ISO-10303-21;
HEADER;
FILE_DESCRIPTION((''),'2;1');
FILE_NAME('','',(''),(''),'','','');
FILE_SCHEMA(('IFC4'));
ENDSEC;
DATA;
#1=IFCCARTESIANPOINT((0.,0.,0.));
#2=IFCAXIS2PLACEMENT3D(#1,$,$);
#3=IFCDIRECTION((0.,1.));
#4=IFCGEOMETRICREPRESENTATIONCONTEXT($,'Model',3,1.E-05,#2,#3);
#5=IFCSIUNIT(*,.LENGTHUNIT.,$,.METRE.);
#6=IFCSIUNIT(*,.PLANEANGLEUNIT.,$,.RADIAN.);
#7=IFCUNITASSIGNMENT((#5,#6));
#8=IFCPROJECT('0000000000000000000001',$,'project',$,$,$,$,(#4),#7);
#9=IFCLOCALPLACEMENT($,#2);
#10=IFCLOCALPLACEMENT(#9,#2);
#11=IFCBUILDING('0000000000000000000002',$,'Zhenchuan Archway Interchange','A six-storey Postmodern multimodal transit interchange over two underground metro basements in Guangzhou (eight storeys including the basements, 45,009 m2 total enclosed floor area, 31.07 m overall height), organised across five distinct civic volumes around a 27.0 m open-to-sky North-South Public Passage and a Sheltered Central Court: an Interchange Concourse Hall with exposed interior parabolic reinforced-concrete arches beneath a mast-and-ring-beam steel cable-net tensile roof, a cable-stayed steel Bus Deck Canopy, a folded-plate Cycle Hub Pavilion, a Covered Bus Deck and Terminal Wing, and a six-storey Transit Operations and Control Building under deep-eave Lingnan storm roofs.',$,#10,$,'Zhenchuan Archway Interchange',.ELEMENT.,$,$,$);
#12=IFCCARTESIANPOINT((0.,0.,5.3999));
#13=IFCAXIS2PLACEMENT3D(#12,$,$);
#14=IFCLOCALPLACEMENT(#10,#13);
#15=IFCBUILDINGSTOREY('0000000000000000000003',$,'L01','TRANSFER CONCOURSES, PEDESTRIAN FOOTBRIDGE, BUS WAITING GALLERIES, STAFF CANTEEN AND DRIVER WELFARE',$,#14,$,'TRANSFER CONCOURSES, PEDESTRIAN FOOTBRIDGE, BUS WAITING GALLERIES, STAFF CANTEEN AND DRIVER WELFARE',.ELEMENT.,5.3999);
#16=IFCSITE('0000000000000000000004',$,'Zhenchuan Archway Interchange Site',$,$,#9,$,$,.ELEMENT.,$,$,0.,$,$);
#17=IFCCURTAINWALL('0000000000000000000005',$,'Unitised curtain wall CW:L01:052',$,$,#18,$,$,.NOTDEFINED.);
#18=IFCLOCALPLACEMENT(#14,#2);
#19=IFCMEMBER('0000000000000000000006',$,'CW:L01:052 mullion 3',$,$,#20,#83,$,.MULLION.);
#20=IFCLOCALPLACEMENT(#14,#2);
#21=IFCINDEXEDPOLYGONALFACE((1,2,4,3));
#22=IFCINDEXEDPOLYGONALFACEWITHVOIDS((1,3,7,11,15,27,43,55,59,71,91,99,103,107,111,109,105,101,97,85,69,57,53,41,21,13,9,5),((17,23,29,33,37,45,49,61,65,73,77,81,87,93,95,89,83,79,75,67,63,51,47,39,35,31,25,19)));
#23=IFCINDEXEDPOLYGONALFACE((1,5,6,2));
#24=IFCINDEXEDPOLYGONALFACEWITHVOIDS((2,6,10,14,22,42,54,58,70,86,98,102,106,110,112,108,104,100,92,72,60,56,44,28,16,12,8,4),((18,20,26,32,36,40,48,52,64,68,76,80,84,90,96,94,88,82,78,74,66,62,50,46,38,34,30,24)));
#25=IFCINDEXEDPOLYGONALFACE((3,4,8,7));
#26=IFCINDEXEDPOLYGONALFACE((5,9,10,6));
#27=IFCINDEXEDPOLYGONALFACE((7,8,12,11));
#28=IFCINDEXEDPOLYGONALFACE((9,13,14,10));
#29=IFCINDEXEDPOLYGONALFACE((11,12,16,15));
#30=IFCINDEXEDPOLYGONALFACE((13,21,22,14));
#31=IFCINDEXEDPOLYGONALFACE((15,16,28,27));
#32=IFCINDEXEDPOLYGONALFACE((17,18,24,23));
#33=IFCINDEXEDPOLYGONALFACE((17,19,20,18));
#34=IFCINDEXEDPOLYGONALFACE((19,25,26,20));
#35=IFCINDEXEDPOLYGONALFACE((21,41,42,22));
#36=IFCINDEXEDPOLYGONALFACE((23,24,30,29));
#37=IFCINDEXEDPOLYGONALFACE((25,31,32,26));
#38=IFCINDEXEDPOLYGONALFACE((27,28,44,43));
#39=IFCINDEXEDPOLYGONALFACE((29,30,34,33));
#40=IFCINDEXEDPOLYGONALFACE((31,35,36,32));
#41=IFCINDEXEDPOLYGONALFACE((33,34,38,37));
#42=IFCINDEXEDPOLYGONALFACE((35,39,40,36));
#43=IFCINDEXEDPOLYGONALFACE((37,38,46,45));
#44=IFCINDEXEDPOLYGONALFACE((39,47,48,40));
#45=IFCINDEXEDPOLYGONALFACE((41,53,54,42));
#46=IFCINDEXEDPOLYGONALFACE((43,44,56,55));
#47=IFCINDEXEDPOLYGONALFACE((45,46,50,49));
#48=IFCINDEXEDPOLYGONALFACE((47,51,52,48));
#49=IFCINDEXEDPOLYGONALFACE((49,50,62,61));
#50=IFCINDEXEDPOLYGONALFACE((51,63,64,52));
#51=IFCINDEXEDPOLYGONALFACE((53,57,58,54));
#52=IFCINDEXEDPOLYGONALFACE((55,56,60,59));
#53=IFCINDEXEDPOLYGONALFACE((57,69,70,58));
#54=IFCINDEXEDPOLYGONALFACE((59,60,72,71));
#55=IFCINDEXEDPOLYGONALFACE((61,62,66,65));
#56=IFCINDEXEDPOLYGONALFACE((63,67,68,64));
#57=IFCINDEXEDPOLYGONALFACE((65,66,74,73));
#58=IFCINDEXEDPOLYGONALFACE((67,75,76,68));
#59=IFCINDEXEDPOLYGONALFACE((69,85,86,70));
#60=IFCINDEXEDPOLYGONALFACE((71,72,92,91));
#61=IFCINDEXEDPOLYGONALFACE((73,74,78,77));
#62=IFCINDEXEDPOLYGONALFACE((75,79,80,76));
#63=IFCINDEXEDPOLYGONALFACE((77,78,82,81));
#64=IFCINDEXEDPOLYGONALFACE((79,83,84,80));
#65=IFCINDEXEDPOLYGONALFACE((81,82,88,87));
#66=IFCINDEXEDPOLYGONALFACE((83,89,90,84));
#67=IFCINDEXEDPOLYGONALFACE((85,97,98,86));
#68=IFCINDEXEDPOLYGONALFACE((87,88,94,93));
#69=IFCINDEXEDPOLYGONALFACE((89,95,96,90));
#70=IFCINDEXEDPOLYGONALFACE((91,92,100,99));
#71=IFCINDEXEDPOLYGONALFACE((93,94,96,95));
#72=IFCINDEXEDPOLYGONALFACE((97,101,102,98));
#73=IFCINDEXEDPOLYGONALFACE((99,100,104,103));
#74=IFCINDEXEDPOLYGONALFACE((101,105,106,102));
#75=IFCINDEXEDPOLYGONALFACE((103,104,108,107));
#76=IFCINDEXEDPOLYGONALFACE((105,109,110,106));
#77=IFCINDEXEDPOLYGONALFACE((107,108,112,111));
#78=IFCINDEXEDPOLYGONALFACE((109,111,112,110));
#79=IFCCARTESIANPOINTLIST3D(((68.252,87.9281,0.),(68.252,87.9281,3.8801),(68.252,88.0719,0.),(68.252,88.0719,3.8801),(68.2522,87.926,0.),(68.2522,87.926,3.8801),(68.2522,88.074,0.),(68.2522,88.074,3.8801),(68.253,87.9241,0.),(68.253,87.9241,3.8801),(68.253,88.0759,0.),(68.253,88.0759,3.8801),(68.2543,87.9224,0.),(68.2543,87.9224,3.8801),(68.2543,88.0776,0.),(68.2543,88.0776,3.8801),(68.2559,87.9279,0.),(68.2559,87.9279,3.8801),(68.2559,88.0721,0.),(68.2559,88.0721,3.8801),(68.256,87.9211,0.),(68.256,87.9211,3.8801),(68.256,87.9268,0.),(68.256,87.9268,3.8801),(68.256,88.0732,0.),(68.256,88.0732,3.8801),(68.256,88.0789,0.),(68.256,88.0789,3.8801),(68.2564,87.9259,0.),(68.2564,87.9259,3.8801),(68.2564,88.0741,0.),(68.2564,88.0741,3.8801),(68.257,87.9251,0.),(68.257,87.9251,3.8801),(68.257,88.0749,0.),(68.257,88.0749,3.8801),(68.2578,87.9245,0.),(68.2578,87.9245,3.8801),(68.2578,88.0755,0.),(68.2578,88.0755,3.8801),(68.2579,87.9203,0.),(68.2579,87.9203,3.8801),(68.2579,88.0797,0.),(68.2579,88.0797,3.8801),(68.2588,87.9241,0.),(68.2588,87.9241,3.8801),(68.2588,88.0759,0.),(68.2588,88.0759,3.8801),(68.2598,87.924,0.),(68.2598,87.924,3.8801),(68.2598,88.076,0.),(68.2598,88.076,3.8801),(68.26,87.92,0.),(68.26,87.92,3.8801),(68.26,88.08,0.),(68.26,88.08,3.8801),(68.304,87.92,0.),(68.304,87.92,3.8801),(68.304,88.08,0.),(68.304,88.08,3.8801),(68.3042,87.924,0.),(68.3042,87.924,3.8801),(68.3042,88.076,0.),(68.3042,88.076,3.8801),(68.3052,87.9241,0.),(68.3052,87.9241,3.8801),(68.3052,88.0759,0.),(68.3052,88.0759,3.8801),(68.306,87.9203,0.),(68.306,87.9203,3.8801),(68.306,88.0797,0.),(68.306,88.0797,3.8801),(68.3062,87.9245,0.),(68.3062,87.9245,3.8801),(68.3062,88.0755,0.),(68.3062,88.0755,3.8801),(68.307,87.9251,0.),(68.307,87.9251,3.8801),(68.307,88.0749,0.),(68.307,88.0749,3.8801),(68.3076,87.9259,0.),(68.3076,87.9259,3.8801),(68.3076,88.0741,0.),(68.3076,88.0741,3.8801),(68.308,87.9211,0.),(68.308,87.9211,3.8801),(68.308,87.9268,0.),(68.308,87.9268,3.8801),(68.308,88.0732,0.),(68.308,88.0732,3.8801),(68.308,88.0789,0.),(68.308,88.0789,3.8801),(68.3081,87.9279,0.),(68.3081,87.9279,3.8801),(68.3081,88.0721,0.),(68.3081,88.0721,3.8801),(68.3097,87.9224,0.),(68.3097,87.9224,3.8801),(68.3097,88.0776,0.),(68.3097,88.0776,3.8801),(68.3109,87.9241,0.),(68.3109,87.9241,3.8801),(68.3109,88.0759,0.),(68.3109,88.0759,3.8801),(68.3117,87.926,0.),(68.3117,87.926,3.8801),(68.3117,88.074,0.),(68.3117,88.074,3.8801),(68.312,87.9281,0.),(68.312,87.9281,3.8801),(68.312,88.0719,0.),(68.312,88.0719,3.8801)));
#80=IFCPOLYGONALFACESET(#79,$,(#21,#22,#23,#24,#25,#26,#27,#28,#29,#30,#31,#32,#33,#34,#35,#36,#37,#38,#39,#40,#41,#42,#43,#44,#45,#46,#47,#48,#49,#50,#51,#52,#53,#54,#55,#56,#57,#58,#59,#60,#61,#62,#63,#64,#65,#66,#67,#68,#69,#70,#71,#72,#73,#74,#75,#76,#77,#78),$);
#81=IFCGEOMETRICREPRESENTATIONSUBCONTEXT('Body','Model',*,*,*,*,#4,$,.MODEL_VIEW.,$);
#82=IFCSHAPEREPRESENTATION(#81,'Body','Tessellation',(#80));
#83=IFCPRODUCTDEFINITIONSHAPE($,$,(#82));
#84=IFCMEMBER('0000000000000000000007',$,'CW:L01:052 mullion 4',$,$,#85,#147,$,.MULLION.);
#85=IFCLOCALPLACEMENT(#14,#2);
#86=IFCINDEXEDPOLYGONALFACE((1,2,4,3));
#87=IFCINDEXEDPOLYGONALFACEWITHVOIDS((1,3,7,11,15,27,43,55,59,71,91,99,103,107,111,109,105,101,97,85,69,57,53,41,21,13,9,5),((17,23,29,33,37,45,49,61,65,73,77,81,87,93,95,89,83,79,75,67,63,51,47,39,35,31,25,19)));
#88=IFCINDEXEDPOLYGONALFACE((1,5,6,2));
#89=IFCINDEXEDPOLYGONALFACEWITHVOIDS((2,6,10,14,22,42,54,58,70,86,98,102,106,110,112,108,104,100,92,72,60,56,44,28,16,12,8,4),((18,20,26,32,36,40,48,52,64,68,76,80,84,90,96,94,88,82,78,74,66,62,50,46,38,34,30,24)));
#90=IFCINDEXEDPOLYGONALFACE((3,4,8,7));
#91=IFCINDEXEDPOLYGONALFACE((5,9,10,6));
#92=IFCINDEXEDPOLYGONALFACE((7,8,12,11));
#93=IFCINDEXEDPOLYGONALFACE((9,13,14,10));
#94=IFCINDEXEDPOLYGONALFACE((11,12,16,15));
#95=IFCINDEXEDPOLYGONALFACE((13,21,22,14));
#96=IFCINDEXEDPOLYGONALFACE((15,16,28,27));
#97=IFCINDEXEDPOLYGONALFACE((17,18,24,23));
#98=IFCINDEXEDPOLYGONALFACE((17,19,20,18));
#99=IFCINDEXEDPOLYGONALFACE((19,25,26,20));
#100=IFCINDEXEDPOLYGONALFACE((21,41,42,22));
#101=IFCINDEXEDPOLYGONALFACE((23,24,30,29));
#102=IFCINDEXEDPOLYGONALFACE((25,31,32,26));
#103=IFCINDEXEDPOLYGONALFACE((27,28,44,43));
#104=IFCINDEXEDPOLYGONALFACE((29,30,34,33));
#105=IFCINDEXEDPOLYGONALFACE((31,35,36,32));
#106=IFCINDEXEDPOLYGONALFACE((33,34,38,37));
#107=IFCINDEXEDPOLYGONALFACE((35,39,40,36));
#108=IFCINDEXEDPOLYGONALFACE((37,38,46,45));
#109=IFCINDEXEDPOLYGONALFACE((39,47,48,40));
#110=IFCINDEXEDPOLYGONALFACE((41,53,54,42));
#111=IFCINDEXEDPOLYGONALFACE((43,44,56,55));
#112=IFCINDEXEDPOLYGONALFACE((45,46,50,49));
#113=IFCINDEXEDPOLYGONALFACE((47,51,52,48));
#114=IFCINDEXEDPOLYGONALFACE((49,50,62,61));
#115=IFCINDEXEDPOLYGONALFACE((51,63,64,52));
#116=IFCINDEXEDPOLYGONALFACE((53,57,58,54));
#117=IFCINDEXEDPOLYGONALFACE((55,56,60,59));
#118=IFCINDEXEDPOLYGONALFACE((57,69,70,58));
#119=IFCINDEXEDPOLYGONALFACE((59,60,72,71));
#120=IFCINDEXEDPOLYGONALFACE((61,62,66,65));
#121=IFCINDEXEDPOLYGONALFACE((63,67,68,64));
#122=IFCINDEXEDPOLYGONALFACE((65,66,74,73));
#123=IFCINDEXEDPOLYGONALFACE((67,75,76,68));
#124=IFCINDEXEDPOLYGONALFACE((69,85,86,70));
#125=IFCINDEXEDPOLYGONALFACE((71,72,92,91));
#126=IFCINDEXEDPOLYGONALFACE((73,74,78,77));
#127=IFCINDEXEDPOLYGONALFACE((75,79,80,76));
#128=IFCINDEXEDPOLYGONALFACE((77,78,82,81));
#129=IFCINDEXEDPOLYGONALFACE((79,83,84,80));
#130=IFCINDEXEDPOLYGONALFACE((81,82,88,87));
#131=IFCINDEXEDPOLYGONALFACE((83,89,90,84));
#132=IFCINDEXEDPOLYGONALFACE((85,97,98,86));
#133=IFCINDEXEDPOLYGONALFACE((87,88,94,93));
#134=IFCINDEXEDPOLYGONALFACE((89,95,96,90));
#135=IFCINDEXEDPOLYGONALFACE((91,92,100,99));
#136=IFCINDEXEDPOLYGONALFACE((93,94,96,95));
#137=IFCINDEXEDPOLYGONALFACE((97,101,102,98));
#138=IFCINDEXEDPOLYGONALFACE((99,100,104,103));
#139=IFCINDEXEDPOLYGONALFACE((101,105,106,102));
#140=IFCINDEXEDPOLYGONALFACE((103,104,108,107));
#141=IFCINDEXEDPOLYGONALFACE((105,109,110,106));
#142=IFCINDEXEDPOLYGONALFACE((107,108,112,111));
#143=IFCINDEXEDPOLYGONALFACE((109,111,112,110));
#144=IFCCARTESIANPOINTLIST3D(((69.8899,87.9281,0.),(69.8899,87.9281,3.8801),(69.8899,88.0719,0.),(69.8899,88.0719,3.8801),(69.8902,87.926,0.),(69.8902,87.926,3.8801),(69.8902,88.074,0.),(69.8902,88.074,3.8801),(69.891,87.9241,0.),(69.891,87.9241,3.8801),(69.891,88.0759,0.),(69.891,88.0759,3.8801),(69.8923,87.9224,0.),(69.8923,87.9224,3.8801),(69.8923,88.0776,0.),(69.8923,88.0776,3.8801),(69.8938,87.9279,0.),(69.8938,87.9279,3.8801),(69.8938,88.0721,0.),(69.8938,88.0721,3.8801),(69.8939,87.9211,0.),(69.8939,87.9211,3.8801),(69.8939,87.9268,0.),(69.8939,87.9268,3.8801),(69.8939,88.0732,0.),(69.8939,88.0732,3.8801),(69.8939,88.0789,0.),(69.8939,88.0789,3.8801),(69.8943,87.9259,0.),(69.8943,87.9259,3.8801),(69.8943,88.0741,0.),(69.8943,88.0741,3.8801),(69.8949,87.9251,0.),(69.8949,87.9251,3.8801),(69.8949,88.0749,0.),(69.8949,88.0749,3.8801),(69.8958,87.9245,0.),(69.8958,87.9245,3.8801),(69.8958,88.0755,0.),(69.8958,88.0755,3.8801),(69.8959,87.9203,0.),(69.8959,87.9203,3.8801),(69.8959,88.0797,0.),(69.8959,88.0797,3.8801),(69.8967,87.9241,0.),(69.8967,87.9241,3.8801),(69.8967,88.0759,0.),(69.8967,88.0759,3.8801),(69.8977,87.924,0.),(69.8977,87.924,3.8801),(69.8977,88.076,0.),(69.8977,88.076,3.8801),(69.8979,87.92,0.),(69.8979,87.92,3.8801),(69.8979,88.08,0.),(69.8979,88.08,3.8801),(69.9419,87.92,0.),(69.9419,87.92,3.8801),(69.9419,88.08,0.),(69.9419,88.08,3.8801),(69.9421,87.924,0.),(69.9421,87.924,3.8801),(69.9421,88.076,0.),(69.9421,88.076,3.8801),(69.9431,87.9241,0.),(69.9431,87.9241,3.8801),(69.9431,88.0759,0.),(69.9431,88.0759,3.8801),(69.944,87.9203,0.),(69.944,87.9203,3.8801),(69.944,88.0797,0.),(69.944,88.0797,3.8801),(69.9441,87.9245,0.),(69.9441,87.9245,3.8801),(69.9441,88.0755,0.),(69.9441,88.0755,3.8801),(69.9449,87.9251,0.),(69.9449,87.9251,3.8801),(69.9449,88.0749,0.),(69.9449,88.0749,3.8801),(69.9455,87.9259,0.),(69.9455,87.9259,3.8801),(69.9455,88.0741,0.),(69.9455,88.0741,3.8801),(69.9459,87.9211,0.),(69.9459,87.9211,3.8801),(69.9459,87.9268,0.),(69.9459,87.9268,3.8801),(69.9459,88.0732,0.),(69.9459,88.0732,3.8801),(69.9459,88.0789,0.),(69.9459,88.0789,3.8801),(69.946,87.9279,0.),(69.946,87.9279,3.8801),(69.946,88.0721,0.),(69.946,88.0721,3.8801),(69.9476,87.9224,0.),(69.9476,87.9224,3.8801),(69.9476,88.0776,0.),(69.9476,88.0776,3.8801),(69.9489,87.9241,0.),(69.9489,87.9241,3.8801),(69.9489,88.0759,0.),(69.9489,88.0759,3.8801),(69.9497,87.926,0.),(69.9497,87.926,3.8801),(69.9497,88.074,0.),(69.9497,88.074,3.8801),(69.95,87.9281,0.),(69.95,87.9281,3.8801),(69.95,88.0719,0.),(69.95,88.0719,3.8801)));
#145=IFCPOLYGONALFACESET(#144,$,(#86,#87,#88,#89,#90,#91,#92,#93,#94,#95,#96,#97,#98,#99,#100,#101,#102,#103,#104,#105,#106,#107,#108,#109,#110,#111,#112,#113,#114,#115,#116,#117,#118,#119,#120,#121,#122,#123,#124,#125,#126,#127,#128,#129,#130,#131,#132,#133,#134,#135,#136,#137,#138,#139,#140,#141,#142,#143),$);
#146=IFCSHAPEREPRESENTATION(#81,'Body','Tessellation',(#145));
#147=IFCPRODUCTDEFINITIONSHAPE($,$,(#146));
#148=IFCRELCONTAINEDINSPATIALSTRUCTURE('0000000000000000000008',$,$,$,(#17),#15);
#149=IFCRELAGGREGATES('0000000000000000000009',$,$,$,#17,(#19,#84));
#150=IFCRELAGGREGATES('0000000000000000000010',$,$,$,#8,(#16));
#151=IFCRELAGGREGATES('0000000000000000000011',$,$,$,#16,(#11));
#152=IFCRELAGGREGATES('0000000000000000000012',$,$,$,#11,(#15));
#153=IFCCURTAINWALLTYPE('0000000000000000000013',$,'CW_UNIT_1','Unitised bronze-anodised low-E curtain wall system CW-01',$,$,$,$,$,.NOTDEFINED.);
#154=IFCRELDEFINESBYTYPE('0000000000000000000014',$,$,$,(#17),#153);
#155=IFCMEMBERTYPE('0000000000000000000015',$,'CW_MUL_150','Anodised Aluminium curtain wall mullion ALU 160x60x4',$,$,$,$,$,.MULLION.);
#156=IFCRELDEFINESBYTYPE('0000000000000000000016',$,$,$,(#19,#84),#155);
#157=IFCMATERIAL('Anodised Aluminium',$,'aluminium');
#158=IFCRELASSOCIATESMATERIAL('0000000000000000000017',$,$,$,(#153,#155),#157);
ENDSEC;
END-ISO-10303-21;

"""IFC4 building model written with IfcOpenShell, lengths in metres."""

from ifc_helpers import new_model, si_unit, direction, frame, origin, origin_2d, place, context, subcontext, project, spatial, hollow_rectangle, extrude, material, material_profile, profile_set, type_object, element, aggregate, save


model = new_model("IFC4")

# Units and contexts
model_context = context("Model", 3, precision=1e-05, world=origin(), true_north=direction((0.0, 1.0)))
body_context = subcontext(model_context, "Body", "Model", "MODEL_VIEW")
ifc_project = project(units=[si_unit("LENGTHUNIT", "METRE"), si_unit("PLANEANGLEUNIT", "RADIAN")], contexts=[model_context])

# Site, building, storey
site_placement = place(None, origin())
site = spatial("IfcSite", under=ifc_project, at=site_placement, Name="Zhenchuan Archway Interchange Site", CompositionType="ELEMENT", RefElevation=0.0)
building_placement = place(site_placement, origin())
building = spatial("IfcBuilding", under=site, at=building_placement, Name="Zhenchuan Archway Interchange", Description="A six-storey Postmodern multimodal transit interchange over two underground metro basements in Guangzhou (eight storeys including the basements, 45,009 m2 total enclosed floor area, 31.07 m overall height), organised across five distinct civic volumes around a 27.0 m open-to-sky North-South Public Passage and a Sheltered Central Court: an Interchange Concourse Hall with exposed interior parabolic reinforced-concrete arches beneath a mast-and-ring-beam steel cable-net tensile roof, a cable-stayed steel Bus Deck Canopy, a folded-plate Cycle Hub Pavilion, a Covered Bus Deck and Terminal Wing, and a six-storey Transit Operations and Control Building under deep-eave Lingnan storm roofs.", LongName="Zhenchuan Archway Interchange", CompositionType="ELEMENT")
storey_placement = place(building_placement, frame((0.0, 0.0, 5.3999)))
storey = spatial("IfcBuildingStorey", under=building, at=storey_placement, Name="L01", Description="TRANSFER CONCOURSES, PEDESTRIAN FOOTBRIDGE, BUS WAITING GALLERIES, STAFF CANTEEN AND DRIVER WELFARE", LongName="TRANSFER CONCOURSES, PEDESTRIAN FOOTBRIDGE, BUS WAITING GALLERIES, STAFF CANTEEN AND DRIVER WELFARE", CompositionType="ELEMENT", Elevation=5.3999)

# Curtain wall, members
ifc_material_1 = material(Name="Anodised Aluminium", Category="aluminium")
curtain_wall_type = type_object("IfcCurtainWallType", Name="CW_UNIT_1", Description="Unitised bronze-anodised low-E curtain wall system CW-01", PredefinedType="NOTDEFINED", material=ifc_material_1)
curtain_wall_placement = place(storey_placement, origin())
curtain_wall = element("IfcCurtainWall", 1, at=curtain_wall_placement, inside=storey, type_object=curtain_wall_type, Name="Unitised curtain wall CW:L01:052", PredefinedType="NOTDEFINED")
ifc_material_profile_1 = material_profile(ifc_material_1, hollow_rectangle(XDim=0.0601, YDim=0.1599, WallThickness=0.0039, InnerFilletRadius=0.0039, OuterFilletRadius=0.0081, at=origin_2d()), Name="ALU 160x60x4")
ifc_profile_set_1 = profile_set([ifc_material_profile_1], Name="Anodised Aluminium")
member_type_1 = type_object("IfcMemberType", Name="CW_MUL_150", Description="Anodised Aluminium curtain wall mullion ALU 160x60x4", PredefinedType="MULLION", material=ifc_profile_set_1)
member_1_placement = place(storey_placement, frame((68.282, 88.0, 0.0), z_axis=(0.0, 0.0, 1.0), x_axis=(1.0, 0.0, 0.0)))
member_1 = element("IfcMember", 2, at=member_1_placement, type_object=member_type_1, Name="CW:L01:052 mullion 3", PredefinedType="MULLION", context=body_context, shape_type="SweptSolid", body=[
    extrude(hollow_rectangle(XDim=0.0601, YDim=0.1599, WallThickness=0.0039, InnerFilletRadius=0.0039, OuterFilletRadius=0.0081, at=origin_2d()), origin(), (0.0, 0.0, 1.0), 3.8801),
])
member_2_placement = place(storey_placement, frame((69.9199, 88.0, 0.0), z_axis=(0.0, 0.0, 1.0), x_axis=(1.0, 0.0, 0.0)))
member_2 = element("IfcMember", 3, at=member_2_placement, type_object=member_type_1, Name="CW:L01:052 mullion 4", PredefinedType="MULLION", context=body_context, shape_type="SweptSolid", body=[
    extrude(hollow_rectangle(XDim=0.0601, YDim=0.1599, WallThickness=0.0039, InnerFilletRadius=0.0039, OuterFilletRadius=0.0081, at=origin_2d()), origin(), (0.0, 0.0, 1.0), 3.8801),
])

aggregate(curtain_wall, [member_1, member_2])

save(model, "model.ifc")
